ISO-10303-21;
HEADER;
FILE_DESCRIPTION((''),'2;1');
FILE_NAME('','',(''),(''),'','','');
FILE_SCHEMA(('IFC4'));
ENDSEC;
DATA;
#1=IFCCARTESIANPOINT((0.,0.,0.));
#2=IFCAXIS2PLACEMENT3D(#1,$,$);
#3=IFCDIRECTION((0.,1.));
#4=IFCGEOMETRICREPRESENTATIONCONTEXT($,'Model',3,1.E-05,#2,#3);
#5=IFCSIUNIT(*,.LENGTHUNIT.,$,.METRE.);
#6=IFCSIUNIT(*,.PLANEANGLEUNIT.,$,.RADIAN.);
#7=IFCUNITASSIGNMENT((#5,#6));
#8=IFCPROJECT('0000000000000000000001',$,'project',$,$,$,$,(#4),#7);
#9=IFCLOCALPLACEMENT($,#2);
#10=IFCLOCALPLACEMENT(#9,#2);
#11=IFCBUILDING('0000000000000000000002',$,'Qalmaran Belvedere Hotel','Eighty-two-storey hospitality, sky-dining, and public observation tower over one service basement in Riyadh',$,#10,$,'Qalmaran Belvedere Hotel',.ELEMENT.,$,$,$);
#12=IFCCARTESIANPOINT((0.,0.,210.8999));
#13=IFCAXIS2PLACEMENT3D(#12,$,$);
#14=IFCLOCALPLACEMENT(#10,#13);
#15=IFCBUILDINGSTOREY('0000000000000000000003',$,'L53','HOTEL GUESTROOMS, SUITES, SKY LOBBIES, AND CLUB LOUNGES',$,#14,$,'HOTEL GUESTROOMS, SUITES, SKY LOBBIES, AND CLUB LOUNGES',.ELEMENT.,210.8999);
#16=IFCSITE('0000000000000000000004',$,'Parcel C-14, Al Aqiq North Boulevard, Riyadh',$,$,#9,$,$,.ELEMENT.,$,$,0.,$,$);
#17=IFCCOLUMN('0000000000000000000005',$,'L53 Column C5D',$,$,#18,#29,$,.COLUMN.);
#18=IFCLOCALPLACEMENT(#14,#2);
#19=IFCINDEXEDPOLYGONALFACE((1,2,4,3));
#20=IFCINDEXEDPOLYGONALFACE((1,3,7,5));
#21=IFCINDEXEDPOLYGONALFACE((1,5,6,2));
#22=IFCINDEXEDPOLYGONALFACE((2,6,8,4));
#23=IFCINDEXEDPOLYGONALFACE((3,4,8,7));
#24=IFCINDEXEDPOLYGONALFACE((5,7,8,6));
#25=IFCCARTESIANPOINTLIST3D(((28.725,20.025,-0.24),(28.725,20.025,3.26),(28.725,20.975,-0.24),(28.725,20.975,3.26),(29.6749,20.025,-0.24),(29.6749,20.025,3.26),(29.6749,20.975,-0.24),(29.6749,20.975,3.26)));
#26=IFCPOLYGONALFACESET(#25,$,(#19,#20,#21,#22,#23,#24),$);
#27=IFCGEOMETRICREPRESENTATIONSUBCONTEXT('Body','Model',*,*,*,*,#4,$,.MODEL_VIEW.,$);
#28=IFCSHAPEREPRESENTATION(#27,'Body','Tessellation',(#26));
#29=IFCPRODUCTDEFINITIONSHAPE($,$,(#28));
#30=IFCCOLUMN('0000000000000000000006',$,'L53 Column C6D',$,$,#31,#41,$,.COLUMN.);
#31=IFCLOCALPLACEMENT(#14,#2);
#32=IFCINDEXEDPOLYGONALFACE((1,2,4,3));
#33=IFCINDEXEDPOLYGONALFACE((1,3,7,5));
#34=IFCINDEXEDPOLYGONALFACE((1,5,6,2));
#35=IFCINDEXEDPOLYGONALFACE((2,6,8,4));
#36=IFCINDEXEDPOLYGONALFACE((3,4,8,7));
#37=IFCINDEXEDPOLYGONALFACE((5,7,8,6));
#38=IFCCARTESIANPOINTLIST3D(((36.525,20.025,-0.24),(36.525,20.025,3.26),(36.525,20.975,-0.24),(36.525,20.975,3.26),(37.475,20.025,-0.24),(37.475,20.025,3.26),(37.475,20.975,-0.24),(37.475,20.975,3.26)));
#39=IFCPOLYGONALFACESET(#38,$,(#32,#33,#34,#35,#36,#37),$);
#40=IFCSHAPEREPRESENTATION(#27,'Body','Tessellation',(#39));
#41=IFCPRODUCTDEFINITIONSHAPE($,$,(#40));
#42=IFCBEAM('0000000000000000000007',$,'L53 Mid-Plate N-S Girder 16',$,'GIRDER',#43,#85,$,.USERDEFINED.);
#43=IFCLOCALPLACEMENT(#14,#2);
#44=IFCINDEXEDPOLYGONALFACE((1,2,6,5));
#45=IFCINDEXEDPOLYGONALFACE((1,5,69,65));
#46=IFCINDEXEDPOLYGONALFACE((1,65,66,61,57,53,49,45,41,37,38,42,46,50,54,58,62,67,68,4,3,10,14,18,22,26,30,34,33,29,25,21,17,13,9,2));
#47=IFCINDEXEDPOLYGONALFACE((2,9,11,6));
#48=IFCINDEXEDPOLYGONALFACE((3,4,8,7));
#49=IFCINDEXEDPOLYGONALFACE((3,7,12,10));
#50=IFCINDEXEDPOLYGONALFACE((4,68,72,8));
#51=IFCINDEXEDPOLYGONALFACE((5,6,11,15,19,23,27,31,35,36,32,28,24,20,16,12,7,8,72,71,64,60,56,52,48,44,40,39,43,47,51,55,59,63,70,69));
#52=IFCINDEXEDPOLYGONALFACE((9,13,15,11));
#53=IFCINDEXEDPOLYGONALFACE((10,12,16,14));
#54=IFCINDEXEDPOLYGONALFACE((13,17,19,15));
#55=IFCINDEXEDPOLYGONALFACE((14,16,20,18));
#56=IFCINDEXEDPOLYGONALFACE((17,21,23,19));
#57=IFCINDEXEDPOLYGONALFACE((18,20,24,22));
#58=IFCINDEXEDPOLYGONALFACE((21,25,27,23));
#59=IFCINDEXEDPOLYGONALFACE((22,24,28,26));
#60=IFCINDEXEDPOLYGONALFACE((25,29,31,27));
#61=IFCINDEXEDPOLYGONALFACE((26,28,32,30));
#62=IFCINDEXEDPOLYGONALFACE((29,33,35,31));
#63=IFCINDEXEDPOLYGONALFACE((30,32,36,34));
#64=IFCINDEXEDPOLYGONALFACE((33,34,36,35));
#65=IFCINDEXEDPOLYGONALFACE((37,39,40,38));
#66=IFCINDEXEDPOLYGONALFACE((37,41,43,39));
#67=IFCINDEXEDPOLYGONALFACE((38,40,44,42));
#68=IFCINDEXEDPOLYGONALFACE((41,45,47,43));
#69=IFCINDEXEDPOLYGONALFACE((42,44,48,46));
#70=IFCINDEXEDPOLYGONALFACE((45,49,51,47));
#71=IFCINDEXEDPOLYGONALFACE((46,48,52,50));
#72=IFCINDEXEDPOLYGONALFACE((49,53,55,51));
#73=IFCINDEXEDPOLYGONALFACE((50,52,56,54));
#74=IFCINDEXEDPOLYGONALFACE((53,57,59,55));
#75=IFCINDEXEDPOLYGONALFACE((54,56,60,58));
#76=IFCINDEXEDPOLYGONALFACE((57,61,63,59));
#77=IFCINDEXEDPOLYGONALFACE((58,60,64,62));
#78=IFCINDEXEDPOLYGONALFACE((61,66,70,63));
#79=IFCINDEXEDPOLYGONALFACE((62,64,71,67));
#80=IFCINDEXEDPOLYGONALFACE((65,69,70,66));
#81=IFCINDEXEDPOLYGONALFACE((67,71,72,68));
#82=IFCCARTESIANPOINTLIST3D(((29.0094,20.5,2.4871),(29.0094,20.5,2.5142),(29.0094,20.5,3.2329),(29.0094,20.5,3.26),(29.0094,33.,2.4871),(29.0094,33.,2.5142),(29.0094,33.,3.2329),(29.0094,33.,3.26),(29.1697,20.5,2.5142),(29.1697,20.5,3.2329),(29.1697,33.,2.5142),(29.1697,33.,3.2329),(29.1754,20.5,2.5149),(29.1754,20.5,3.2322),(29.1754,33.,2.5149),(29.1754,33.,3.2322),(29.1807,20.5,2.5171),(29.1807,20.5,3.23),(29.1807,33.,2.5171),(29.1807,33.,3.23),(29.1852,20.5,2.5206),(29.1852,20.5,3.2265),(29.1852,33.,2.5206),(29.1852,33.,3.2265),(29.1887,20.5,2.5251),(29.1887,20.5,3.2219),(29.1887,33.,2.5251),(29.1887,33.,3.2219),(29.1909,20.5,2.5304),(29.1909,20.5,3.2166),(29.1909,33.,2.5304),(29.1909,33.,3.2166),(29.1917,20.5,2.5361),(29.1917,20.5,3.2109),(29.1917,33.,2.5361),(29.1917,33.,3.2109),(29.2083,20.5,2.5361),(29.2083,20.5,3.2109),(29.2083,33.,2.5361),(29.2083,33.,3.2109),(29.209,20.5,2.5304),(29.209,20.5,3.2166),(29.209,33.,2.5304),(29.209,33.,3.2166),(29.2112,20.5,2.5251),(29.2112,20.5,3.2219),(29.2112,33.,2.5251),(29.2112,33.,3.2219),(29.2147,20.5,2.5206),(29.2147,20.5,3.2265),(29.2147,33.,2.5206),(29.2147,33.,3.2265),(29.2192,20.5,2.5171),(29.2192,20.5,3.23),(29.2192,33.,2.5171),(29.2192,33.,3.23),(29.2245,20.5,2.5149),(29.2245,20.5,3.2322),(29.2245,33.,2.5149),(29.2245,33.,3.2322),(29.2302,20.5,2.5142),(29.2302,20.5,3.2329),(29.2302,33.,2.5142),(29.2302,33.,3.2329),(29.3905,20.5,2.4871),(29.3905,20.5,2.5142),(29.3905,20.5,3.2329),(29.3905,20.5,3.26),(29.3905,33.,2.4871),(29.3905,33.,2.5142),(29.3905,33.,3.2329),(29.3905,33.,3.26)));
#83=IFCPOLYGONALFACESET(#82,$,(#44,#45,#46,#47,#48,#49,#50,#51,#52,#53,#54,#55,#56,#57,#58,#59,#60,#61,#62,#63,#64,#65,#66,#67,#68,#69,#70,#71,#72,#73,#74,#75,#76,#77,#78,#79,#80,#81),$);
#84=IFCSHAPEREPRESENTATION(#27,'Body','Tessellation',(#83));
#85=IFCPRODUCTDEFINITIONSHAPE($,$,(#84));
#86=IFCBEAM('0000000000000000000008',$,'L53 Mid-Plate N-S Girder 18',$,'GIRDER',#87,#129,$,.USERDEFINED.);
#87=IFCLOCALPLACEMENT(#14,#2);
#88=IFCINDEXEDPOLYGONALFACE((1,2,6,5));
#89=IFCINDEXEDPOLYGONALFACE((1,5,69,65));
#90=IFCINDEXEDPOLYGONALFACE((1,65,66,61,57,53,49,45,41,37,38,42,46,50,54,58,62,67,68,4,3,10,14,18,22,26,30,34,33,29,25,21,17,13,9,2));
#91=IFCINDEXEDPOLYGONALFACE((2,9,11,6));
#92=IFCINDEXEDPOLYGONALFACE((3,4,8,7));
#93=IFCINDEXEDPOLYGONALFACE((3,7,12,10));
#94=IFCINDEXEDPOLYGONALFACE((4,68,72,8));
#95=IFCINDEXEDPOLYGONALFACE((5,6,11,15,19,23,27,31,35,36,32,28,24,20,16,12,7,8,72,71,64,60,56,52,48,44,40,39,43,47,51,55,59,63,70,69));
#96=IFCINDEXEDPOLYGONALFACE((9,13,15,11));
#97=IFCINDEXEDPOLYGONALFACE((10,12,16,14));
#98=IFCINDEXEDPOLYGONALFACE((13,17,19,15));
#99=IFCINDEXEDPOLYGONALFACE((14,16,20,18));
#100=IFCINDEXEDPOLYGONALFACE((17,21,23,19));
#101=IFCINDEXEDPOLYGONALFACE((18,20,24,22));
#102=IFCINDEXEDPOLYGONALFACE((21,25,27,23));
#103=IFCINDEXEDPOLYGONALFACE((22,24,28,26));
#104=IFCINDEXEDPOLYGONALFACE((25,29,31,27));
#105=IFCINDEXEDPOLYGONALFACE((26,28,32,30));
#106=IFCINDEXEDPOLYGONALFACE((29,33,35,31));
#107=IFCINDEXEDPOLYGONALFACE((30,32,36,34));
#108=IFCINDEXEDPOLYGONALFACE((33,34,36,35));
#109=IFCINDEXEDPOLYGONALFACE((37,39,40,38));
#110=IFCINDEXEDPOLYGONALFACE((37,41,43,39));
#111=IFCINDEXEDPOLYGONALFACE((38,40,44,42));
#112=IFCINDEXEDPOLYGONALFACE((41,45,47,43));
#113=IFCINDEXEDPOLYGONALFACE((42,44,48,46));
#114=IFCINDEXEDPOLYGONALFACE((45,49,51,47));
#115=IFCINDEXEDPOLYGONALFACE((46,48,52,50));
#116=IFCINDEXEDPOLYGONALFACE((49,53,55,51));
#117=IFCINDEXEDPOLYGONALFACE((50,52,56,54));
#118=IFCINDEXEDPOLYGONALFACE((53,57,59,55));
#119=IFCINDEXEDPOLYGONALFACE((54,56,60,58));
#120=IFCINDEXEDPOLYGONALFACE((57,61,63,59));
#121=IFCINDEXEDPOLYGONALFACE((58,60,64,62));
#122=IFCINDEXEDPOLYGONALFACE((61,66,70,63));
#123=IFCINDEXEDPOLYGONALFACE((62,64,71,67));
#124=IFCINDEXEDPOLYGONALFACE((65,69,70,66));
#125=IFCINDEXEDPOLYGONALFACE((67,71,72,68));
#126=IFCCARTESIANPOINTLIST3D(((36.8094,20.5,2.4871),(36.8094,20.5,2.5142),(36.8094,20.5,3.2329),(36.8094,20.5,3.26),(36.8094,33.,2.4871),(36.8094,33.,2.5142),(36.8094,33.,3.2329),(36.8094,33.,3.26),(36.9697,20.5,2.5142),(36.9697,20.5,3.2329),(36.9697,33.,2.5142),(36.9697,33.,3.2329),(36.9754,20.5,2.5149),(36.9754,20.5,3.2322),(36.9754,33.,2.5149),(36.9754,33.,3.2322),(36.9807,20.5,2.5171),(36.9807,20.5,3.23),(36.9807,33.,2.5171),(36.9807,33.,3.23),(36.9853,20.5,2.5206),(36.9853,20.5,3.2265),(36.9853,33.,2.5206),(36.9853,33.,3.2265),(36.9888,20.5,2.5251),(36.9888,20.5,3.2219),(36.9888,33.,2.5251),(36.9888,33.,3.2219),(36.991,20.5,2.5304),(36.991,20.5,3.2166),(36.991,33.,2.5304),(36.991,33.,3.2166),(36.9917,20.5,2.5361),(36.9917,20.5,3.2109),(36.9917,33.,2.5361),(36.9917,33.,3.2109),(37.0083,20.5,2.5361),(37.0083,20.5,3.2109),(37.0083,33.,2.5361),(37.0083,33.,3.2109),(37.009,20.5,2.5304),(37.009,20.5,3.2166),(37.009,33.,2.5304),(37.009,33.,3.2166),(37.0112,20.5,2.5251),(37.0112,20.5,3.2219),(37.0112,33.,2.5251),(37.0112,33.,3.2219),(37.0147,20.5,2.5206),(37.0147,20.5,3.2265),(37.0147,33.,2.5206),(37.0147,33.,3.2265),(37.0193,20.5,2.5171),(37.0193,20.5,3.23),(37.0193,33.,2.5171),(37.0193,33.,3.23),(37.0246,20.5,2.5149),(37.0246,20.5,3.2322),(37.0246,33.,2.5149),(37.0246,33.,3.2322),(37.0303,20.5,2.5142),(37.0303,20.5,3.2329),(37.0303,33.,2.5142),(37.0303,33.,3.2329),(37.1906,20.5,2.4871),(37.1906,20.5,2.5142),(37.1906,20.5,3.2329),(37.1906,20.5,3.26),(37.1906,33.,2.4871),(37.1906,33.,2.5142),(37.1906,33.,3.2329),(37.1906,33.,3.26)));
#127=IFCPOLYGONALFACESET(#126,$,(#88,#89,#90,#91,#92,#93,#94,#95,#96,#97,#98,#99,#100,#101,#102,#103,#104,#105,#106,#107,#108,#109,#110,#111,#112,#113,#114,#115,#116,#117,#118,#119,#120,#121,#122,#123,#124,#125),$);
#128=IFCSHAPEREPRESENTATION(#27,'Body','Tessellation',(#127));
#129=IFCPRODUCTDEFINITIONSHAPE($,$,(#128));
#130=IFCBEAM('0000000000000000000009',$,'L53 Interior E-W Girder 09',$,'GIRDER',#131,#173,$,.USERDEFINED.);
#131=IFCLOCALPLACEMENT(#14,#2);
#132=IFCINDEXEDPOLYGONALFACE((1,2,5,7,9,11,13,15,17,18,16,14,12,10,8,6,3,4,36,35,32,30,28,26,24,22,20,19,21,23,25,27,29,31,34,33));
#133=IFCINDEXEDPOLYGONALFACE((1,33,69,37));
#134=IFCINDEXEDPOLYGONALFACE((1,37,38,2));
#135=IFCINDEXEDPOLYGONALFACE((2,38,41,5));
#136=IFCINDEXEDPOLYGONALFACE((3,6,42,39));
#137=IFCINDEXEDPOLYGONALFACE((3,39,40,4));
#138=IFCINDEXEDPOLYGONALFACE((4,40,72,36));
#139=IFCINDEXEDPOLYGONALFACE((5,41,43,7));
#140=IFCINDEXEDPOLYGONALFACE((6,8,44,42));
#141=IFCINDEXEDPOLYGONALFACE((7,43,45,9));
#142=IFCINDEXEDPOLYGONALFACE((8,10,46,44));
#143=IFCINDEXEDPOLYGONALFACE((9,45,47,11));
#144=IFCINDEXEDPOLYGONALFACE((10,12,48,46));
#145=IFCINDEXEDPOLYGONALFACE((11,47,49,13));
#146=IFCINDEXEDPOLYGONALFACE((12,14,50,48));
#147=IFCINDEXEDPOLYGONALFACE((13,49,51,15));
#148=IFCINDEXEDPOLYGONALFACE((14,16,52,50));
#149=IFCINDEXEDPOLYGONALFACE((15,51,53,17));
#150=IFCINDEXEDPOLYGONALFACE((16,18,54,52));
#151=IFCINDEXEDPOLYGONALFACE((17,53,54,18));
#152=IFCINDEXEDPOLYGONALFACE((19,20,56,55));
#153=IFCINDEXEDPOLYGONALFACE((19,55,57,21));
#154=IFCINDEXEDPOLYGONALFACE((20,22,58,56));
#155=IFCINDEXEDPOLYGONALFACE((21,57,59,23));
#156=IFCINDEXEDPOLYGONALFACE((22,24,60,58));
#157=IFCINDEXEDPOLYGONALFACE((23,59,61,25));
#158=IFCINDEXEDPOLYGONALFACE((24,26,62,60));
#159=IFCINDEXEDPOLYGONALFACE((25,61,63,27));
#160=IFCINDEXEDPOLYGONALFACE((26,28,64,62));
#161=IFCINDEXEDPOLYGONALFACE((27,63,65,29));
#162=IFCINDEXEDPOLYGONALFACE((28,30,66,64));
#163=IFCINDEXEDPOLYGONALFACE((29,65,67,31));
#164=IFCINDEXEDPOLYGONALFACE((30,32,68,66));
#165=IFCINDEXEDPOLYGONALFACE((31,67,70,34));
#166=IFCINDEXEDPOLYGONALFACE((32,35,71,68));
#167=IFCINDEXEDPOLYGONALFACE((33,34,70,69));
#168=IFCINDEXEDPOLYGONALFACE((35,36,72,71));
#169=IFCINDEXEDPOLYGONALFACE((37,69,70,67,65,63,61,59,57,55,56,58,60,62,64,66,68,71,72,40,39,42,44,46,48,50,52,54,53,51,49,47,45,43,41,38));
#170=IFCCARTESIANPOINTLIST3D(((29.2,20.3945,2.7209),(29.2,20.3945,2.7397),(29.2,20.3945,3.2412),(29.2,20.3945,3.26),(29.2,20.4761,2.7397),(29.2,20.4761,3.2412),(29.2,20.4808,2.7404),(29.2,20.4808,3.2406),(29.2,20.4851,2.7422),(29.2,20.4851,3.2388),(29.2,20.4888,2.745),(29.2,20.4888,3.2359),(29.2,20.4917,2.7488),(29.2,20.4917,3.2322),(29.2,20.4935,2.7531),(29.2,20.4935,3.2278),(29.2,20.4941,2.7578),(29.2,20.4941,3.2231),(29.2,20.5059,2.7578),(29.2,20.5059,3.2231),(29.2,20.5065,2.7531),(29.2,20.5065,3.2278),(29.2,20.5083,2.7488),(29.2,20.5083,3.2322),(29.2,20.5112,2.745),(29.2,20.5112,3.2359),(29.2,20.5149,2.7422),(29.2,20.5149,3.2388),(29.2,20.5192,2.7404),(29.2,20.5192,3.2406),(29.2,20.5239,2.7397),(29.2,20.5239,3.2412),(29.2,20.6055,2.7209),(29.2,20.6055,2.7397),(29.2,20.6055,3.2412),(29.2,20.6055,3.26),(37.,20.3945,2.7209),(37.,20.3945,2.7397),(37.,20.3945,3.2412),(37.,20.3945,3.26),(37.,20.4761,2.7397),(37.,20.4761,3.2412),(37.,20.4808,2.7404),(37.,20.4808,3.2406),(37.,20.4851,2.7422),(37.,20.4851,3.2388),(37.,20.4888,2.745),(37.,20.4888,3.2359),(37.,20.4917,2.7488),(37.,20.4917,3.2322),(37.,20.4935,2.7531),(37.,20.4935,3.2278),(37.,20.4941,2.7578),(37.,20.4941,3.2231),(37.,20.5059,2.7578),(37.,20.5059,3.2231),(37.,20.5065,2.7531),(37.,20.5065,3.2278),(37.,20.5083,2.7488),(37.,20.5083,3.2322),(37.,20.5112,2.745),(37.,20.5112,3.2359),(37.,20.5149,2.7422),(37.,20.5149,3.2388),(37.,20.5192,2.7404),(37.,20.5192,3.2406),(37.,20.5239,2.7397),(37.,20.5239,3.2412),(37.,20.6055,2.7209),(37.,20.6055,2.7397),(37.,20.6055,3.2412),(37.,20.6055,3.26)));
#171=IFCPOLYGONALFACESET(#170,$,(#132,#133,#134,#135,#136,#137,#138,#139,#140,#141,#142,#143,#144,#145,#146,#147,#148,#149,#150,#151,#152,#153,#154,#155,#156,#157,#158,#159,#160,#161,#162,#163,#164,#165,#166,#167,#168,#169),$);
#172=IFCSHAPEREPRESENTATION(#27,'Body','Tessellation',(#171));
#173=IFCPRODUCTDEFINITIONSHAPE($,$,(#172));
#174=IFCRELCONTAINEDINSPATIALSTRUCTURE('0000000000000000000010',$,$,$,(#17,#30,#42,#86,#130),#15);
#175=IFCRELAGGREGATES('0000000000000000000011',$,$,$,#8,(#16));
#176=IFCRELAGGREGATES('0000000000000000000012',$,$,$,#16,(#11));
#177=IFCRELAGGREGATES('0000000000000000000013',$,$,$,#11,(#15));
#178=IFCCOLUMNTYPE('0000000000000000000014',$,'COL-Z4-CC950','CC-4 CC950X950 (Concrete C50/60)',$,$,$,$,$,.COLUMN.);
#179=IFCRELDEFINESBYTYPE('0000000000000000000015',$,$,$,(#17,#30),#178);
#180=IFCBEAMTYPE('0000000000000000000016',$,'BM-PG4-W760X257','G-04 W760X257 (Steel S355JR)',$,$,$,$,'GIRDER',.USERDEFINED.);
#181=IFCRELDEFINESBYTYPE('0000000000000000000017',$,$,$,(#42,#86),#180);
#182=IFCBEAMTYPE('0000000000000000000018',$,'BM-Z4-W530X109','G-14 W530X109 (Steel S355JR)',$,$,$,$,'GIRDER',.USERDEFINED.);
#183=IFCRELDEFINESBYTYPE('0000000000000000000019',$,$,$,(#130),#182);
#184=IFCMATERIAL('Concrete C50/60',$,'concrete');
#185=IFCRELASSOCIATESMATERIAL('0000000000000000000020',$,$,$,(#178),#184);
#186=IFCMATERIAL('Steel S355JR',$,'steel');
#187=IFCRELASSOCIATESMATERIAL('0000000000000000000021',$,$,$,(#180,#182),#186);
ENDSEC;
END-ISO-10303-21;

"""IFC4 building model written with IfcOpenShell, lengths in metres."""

from ifc_helpers import new_model, si_unit, direction, frame, origin, origin_2d, place, context, subcontext, project, spatial, rectangle, i_section, extrude, material, material_profile, profile_set, type_object, element, save


model = new_model("IFC4")

# Units and contexts
model_context = context("Model", 3, precision=1e-05, world=origin(), true_north=direction((0.0, 1.0)))
body_context = subcontext(model_context, "Body", "Model", "MODEL_VIEW")
ifc_project = project(units=[si_unit("LENGTHUNIT", "METRE"), si_unit("PLANEANGLEUNIT", "RADIAN")], contexts=[model_context])

# Site, building, storey
site_placement = place(None, origin())
site = spatial("IfcSite", under=ifc_project, at=site_placement, Name="Parcel C-14, Al Aqiq North Boulevard, Riyadh", CompositionType="ELEMENT", RefElevation=0.0)
building_placement = place(site_placement, origin())
building = spatial("IfcBuilding", under=site, at=building_placement, Name="Qalmaran Belvedere Hotel", Description="Eighty-two-storey hospitality, sky-dining, and public observation tower over one service basement in Riyadh", LongName="Qalmaran Belvedere Hotel", CompositionType="ELEMENT")
storey_placement = place(building_placement, frame((0.0, 0.0, 210.8999)))
storey = spatial("IfcBuildingStorey", under=building, at=storey_placement, Name="L53", Description="HOTEL GUESTROOMS, SUITES, SKY LOBBIES, AND CLUB LOUNGES", LongName="HOTEL GUESTROOMS, SUITES, SKY LOBBIES, AND CLUB LOUNGES", CompositionType="ELEMENT", Elevation=210.8999)

# Columns
ifc_material_1 = material(Name="Concrete C50/60", Category="concrete")
ifc_material_profile_1 = material_profile(ifc_material_1, rectangle(XDim=0.95, YDim=0.95, at=origin_2d()), Name="CC950X950")
ifc_profile_set_1 = profile_set([ifc_material_profile_1], Name="Concrete C50/60")
column_type = type_object("IfcColumnType", Name="COL-Z4-CC950", Description="CC-4 CC950X950 (Concrete C50/60)", PredefinedType="COLUMN", material=ifc_profile_set_1)
for number, where, z_axis, x_axis, name in (
    (1, (29.2, 20.5, -0.24), (0.0, 0.0, 1.0), (1.0, 0.0, 0.0), "L53 Column C5D"),
    (2, (37.0, 20.5, -0.24), (0.0, 0.0, 1.0), (1.0, 0.0, 0.0), "L53 Column C6D"),
):
    element("IfcColumn", number, at=place(storey_placement, frame(where, z_axis=z_axis, x_axis=x_axis)), inside=storey, type_object=column_type, Name=name, PredefinedType="COLUMN", context=body_context, shape_type="SweptSolid", body=[
        extrude(rectangle(XDim=0.95, YDim=0.95, at=origin_2d()), origin(), (0.0, 0.0, 1.0), 3.5),
    ])

# Beams
ifc_material_2 = material(Name="Steel S355JR", Category="steel")
ifc_material_profile_2 = material_profile(ifc_material_2, i_section(OverallWidth=0.3811, OverallDepth=0.7729, WebThickness=0.0166, FlangeThickness=0.0271, FilletRadius=0.022, at=origin_2d()), Name="W760X257")
ifc_profile_set_2 = profile_set([ifc_material_profile_2], Name="Steel S355JR")
beam_type_1 = type_object("IfcBeamType", Name="BM-PG4-W760X257", Description="G-04 W760X257 (Steel S355JR)", ElementType="GIRDER", PredefinedType="USERDEFINED", material=ifc_profile_set_2)
for number, where, z_axis, x_axis, name in (
    (3, (29.2, 20.5, 2.8735), (0.0, 1.0, 0.0), (-1.0, 0.0, 0.0), "L53 Mid-Plate N-S Girder 16"),
    (4, (37.0, 20.5, 2.8735), (0.0, 1.0, 0.0), (-1.0, 0.0, 0.0), "L53 Mid-Plate N-S Girder 18"),
):
    element("IfcBeam", number, at=place(storey_placement, frame(where, z_axis=z_axis, x_axis=x_axis)), inside=storey, type_object=beam_type_1, Name=name, ObjectType="GIRDER", PredefinedType="USERDEFINED", context=body_context, shape_type="SweptSolid", body=[
        extrude(i_section(OverallWidth=0.3811, OverallDepth=0.7729, WebThickness=0.0166, FlangeThickness=0.0271, FilletRadius=0.022, at=origin_2d()), origin(), (0.0, 0.0, 1.0), 12.5),
    ])
ifc_material_profile_3 = material_profile(ifc_material_2, i_section(OverallWidth=0.2109, OverallDepth=0.5391, WebThickness=0.0117, FlangeThickness=0.0188, FilletRadius=0.0181, at=origin_2d()), Name="W530X109")
ifc_profile_set_3 = profile_set([ifc_material_profile_3], Name="Steel S355JR")
beam_type_2 = type_object("IfcBeamType", Name="BM-Z4-W530X109", Description="G-14 W530X109 (Steel S355JR)", ElementType="GIRDER", PredefinedType="USERDEFINED", material=ifc_profile_set_3)
for number, where, z_axis, x_axis, name in (
    (5, (29.2, 20.5, 2.9905), (1.0, 0.0, 0.0), (0.0, 1.0, 0.0), "L53 Interior E-W Girder 09"),
):
    element("IfcBeam", number, at=place(storey_placement, frame(where, z_axis=z_axis, x_axis=x_axis)), inside=storey, type_object=beam_type_2, Name=name, ObjectType="GIRDER", PredefinedType="USERDEFINED", context=body_context, shape_type="SweptSolid", body=[
        extrude(i_section(OverallWidth=0.2109, OverallDepth=0.5391, WebThickness=0.0117, FlangeThickness=0.0188, FilletRadius=0.0181, at=origin_2d()), origin(), (0.0, 0.0, 1.0), 7.8),
    ])

save(model, "model.ifc")
